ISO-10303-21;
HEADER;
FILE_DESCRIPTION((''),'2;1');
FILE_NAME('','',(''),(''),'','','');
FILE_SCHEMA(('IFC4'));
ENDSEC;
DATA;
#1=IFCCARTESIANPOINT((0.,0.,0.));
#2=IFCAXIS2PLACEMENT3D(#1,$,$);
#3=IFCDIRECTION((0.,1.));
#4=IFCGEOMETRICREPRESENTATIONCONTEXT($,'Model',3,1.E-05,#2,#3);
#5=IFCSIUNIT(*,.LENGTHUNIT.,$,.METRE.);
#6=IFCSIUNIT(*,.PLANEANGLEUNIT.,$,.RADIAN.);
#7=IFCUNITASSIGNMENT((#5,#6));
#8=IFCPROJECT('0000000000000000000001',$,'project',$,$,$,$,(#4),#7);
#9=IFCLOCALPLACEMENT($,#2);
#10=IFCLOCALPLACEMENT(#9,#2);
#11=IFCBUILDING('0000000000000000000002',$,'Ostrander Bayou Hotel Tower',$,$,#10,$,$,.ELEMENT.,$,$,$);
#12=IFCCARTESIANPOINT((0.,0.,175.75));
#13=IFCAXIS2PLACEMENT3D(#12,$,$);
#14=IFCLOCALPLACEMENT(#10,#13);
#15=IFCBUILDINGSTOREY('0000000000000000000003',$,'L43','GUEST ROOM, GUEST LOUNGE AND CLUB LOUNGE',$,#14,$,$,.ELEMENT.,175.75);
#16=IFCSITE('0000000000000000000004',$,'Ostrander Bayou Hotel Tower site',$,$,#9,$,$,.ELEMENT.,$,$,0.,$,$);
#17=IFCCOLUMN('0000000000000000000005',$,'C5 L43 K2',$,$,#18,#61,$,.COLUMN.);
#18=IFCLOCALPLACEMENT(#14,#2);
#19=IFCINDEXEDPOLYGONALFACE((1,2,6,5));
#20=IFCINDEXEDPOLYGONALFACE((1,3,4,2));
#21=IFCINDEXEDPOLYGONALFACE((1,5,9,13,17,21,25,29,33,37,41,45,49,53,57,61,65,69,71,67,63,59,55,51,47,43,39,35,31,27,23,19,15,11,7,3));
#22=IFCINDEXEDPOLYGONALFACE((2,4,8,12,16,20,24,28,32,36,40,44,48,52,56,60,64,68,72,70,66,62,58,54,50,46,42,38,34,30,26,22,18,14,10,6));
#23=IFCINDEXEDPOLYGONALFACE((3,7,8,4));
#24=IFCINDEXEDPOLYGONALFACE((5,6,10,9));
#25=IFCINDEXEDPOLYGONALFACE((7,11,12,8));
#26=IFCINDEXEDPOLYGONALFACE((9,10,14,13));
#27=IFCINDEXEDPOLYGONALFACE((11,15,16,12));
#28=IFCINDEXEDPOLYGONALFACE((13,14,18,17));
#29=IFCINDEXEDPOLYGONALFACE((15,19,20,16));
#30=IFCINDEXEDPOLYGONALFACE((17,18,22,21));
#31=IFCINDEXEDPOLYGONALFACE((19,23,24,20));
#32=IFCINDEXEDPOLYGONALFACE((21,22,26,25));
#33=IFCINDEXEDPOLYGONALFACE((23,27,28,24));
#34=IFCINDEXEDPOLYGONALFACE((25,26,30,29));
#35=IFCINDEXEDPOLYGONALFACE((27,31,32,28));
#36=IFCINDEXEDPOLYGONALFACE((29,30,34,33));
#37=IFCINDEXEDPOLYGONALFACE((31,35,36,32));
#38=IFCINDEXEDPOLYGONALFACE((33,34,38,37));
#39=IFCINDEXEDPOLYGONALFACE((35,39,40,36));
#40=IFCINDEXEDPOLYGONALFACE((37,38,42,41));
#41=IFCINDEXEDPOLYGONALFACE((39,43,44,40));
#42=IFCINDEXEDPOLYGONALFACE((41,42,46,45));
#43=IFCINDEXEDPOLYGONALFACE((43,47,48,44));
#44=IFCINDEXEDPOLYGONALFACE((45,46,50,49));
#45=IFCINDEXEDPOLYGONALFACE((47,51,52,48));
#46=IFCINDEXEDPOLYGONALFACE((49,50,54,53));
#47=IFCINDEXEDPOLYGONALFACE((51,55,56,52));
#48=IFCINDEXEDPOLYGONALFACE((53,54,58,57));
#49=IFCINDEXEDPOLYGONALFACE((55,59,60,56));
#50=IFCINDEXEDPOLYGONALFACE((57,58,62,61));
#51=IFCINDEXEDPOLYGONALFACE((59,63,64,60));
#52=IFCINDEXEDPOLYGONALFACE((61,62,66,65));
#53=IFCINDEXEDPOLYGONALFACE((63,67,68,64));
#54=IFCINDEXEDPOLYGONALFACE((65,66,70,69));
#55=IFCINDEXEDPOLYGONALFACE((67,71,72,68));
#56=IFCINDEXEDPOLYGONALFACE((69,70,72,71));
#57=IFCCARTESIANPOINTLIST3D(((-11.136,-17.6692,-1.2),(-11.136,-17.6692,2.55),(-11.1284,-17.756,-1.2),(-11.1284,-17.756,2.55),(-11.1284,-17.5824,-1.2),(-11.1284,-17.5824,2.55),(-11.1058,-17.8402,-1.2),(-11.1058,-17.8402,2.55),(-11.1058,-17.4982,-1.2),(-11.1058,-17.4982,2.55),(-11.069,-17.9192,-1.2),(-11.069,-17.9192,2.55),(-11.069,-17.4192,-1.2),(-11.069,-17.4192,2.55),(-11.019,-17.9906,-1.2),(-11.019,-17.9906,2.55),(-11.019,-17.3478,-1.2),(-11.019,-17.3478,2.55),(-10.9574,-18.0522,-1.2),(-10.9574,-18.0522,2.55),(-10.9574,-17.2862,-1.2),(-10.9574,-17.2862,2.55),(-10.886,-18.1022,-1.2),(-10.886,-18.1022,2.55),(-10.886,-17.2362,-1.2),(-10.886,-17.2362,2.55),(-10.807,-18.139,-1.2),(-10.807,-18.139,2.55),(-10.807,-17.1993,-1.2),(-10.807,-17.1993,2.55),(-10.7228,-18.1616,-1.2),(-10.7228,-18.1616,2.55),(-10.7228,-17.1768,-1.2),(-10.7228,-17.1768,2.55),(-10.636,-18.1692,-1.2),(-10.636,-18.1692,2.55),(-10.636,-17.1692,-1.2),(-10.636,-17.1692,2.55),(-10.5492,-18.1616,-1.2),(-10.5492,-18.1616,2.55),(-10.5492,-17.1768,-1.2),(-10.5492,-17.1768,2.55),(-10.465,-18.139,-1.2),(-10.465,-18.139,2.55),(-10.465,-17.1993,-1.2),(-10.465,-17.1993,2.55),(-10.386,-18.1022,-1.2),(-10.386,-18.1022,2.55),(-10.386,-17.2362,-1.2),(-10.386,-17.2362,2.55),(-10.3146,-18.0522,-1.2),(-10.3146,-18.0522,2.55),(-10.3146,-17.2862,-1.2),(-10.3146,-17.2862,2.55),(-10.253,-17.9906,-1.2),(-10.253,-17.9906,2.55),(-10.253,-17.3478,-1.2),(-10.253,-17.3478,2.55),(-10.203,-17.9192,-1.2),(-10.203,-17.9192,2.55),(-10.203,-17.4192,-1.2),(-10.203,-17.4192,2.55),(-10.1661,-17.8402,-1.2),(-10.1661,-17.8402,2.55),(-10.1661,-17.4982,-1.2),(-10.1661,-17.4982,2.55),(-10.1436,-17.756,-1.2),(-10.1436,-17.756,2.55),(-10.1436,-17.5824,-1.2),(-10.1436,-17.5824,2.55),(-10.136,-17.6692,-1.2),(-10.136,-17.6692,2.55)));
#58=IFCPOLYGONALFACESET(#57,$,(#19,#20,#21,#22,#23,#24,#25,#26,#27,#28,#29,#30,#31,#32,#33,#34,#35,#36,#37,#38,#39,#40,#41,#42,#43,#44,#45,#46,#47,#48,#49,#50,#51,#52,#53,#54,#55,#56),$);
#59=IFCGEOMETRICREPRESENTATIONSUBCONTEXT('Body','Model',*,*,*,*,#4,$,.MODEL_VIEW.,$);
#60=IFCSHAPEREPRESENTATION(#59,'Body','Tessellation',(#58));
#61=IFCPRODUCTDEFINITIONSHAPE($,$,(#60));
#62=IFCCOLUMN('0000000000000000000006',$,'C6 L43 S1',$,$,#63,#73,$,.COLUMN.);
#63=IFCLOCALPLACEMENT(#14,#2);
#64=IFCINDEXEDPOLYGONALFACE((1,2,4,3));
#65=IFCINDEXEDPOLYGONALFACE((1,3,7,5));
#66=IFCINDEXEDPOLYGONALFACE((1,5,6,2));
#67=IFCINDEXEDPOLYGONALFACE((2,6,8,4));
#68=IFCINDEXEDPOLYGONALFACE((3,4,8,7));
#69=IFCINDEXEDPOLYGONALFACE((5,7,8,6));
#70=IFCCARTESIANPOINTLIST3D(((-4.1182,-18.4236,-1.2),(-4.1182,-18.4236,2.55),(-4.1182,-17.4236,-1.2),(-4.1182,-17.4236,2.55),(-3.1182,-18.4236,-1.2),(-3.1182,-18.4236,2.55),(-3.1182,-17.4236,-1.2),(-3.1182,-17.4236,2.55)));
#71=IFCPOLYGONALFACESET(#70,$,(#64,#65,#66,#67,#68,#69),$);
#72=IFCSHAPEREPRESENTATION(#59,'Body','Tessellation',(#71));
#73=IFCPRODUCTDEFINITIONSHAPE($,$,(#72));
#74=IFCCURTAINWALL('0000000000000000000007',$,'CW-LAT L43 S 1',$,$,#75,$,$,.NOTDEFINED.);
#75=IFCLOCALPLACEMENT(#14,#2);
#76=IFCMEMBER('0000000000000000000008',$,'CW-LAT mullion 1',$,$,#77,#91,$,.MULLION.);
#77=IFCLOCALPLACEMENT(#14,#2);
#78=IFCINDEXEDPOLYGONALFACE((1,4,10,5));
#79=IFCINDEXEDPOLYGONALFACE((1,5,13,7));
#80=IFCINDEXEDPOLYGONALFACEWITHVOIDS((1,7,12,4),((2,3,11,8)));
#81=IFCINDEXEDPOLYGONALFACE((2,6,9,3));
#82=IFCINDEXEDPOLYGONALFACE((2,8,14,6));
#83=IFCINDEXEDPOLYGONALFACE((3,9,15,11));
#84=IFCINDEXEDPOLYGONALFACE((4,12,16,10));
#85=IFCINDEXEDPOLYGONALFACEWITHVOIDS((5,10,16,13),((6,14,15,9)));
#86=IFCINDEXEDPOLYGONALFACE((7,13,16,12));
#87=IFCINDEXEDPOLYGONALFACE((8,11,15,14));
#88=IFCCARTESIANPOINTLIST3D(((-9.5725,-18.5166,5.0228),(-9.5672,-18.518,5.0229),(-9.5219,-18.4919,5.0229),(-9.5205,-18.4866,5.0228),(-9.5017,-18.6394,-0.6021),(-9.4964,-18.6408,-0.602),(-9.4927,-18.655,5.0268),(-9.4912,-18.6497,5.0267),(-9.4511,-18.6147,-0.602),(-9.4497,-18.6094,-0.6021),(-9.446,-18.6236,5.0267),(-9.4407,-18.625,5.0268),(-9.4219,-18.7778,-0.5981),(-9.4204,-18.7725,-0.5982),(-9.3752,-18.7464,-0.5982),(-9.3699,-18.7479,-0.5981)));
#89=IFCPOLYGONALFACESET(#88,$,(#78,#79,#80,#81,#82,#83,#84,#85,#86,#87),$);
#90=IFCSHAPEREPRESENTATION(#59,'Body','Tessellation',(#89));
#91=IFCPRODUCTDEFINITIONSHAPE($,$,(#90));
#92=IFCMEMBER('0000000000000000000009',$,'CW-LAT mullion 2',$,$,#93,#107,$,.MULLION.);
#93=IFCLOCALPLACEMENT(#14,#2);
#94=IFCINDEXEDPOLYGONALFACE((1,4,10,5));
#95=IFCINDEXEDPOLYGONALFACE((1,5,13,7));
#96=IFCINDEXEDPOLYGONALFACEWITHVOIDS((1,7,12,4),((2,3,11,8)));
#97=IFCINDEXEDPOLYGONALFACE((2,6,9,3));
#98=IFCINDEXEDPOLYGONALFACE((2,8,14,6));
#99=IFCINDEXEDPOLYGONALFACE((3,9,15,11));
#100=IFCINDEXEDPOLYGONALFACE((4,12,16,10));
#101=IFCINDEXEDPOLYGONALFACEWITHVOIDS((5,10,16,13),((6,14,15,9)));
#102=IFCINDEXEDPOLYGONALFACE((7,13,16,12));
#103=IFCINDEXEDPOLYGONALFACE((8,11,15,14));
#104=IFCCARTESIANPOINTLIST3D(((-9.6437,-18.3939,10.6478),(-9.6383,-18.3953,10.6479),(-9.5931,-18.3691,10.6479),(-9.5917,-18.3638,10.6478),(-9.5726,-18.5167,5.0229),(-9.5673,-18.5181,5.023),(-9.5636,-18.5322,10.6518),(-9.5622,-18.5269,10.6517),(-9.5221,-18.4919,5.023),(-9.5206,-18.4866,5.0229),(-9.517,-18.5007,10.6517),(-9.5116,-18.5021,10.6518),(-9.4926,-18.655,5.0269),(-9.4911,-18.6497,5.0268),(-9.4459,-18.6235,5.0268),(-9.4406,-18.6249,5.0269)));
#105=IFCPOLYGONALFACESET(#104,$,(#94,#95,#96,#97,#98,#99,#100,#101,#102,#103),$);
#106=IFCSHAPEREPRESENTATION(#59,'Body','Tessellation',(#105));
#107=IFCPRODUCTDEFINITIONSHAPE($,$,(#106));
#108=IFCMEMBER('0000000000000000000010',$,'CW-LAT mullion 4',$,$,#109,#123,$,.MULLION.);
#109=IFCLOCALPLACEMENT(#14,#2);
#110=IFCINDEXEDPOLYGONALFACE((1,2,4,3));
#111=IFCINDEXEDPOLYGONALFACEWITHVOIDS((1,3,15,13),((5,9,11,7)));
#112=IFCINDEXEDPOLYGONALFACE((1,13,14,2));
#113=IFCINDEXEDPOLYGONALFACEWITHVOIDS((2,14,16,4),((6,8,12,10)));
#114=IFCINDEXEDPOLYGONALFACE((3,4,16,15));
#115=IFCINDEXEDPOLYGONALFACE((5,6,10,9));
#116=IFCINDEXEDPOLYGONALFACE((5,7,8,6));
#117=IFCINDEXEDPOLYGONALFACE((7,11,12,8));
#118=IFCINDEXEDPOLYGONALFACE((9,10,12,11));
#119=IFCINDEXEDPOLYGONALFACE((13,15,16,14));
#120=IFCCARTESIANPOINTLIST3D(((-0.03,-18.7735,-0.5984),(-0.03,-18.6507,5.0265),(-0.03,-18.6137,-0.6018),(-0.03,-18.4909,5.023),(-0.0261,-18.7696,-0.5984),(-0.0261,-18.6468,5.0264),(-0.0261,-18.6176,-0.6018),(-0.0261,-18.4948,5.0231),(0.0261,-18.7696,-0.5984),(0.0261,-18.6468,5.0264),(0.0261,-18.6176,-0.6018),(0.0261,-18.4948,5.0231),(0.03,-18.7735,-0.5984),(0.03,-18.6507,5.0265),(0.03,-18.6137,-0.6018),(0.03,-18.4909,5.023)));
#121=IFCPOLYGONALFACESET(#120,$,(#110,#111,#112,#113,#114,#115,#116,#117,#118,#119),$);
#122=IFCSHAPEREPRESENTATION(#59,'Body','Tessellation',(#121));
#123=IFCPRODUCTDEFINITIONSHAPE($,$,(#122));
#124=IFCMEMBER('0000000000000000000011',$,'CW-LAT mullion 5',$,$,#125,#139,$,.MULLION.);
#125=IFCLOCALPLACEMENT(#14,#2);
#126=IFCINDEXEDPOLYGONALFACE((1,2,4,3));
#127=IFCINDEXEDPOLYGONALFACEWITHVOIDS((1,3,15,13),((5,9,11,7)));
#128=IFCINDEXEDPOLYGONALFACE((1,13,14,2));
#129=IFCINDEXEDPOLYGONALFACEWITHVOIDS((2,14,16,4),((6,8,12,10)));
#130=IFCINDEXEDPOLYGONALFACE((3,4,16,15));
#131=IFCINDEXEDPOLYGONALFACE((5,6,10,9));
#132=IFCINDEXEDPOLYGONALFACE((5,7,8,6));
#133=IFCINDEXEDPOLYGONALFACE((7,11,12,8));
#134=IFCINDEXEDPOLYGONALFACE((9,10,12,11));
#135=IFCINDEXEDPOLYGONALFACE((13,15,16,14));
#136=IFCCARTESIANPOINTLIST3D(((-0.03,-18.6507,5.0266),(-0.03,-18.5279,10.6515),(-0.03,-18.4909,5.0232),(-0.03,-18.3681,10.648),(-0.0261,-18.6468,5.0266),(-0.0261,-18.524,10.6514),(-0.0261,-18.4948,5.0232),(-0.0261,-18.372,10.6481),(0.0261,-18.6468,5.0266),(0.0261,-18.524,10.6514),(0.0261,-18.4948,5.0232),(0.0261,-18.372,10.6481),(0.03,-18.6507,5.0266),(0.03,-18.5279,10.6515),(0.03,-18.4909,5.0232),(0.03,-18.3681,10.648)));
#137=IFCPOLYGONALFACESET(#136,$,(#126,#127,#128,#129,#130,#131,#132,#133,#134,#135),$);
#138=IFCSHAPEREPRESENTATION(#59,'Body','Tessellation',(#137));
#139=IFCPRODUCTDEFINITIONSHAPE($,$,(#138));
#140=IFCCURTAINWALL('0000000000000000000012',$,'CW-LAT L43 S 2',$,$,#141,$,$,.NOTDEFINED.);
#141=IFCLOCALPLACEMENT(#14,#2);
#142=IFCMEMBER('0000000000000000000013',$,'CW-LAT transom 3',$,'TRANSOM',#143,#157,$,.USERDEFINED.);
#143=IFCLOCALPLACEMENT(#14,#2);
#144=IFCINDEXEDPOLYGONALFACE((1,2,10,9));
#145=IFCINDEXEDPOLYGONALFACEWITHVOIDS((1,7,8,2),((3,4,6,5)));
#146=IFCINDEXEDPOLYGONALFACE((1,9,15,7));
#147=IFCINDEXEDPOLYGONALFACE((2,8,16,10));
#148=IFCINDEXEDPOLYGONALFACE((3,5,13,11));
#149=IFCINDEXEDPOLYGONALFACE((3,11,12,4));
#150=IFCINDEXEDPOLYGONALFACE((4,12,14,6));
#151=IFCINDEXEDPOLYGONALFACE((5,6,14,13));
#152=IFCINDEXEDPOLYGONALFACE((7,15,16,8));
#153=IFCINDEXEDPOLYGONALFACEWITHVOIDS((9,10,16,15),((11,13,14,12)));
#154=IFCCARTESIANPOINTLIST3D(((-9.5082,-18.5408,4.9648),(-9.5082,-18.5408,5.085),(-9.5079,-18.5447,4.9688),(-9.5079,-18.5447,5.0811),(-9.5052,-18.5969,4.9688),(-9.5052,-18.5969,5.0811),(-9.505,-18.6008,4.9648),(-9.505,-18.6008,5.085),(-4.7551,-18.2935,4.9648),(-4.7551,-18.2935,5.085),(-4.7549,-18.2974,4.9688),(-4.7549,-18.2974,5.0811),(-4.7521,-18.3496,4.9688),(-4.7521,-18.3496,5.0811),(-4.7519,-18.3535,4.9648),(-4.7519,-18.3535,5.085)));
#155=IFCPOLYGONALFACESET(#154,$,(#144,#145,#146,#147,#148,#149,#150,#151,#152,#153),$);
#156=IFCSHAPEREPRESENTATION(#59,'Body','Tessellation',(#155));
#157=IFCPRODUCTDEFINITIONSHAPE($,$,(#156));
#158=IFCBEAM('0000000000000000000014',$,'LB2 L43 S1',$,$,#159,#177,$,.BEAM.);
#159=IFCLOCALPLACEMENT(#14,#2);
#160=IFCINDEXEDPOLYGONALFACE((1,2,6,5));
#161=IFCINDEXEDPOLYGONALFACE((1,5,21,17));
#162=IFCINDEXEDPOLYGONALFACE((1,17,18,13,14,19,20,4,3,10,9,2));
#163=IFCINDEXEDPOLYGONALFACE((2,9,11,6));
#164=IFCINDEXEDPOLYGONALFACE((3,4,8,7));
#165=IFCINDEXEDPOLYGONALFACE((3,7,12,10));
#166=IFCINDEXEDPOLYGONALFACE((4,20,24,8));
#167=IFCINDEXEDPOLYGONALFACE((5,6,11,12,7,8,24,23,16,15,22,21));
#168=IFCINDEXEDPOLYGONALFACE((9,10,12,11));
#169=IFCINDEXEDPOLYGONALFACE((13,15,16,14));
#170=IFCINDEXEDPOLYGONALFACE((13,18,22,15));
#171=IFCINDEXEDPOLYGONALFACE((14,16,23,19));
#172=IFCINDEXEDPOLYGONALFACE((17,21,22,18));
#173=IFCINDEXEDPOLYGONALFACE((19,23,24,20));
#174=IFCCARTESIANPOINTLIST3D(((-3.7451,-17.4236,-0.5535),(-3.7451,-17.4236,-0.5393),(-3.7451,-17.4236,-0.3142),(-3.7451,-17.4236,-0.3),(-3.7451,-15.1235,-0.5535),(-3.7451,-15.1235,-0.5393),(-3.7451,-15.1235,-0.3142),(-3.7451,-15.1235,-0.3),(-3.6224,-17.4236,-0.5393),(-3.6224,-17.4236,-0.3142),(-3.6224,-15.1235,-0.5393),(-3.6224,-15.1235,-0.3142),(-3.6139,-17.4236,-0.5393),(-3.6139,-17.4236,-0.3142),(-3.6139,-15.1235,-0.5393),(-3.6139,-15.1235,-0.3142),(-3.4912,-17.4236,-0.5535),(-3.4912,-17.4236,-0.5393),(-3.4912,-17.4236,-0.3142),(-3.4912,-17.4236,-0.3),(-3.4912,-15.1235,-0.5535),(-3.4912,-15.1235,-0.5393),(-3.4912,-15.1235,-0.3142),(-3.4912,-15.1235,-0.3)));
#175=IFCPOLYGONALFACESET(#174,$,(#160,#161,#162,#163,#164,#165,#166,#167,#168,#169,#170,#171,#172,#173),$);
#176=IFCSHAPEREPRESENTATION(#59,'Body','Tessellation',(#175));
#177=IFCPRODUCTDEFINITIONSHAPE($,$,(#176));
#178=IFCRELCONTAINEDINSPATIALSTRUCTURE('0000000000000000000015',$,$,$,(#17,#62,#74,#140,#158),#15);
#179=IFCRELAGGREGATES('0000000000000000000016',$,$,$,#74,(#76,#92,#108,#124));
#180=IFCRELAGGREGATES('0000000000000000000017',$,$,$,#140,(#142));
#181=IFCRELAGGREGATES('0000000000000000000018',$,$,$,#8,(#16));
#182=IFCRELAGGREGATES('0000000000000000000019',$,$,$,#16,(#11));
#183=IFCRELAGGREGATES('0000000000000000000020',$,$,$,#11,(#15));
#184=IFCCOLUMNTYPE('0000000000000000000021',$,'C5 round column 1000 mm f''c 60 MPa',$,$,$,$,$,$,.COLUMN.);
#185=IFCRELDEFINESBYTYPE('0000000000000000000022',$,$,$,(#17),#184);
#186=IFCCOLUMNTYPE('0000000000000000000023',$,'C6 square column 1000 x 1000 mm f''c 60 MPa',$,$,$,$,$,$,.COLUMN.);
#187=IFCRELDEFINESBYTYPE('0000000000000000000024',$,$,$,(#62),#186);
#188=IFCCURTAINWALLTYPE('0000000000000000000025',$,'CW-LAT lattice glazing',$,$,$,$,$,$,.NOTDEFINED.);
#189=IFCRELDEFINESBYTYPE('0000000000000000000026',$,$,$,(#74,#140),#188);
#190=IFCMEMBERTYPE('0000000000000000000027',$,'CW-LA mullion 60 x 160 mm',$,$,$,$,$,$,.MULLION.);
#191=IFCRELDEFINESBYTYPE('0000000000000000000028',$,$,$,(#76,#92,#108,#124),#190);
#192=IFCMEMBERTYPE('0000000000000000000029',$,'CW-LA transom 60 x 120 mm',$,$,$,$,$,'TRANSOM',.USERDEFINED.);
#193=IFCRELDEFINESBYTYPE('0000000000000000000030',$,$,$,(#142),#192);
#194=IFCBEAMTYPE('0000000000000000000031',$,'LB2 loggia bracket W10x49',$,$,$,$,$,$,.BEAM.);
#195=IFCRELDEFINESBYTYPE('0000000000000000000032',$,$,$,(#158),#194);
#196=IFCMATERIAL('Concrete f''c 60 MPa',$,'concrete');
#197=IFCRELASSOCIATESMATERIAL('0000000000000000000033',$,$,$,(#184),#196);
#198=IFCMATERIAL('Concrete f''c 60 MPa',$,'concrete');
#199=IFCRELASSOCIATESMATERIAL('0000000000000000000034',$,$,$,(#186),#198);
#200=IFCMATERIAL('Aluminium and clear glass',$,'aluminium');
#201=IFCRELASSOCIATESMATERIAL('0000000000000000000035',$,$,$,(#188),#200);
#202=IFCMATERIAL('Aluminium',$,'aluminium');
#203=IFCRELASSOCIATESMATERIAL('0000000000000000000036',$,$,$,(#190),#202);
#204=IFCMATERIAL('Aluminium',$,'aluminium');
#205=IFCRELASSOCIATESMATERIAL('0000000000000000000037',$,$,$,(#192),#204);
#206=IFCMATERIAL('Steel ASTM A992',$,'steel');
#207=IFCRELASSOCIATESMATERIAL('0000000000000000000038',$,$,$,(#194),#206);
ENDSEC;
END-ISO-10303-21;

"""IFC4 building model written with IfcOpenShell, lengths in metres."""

from ifc_helpers import new_model, si_unit, direction, frame, origin, origin_2d, place, context, subcontext, project, spatial, rectangle, hollow_rectangle, circle, i_section, extrude, material, material_profile, profile_set, type_object, element, aggregate, save


model = new_model("IFC4")

# Units and contexts
model_context = context("Model", 3, precision=1e-05, world=origin(), true_north=direction((0.0, 1.0)))
body_context = subcontext(model_context, "Body", "Model", "MODEL_VIEW")
ifc_project = project(units=[si_unit("LENGTHUNIT", "METRE"), si_unit("PLANEANGLEUNIT", "RADIAN")], contexts=[model_context])

# Site, building, storey
site_placement = place(None, origin())
site = spatial("IfcSite", under=ifc_project, at=site_placement, Name="Ostrander Bayou Hotel Tower site", CompositionType="ELEMENT", RefElevation=0.0)
building_placement = place(site_placement, origin())
building = spatial("IfcBuilding", under=site, at=building_placement, Name="Ostrander Bayou Hotel Tower", CompositionType="ELEMENT")
storey_placement = place(building_placement, frame((0.0, 0.0, 175.75)))
storey = spatial("IfcBuildingStorey", under=building, at=storey_placement, Name="L43", Description="GUEST ROOM, GUEST LOUNGE AND CLUB LOUNGE", CompositionType="ELEMENT", Elevation=175.75)

# Columns
ifc_material_1 = material(Name="Concrete f'c 60 MPa", Category="concrete")
ifc_material_profile_1 = material_profile(ifc_material_1, circle(Radius=0.5, at=origin_2d()))
ifc_profile_set_1 = profile_set([ifc_material_profile_1], Name="Concrete f'c 60 MPa")
column_type_1 = type_object("IfcColumnType", Name="C5 round column 1000 mm f'c 60 MPa", PredefinedType="COLUMN", material=ifc_profile_set_1)
column_1_placement = place(storey_placement, frame((-10.636, -17.6692, -1.2), z_axis=(0.0, 0.0, 1.0), x_axis=(1.0, 0.0, 0.0)))
element("IfcColumn", 1, at=column_1_placement, inside=storey, type_object=column_type_1, Name="C5 L43 K2", PredefinedType="COLUMN", context=body_context, shape_type="SweptSolid", body=[
    extrude(circle(Radius=0.5, at=origin_2d()), origin(), (0.0, 0.0, 1.0), 3.75),
])
ifc_material_2 = material(Name="Concrete f'c 60 MPa", Category="concrete")
ifc_material_profile_2 = material_profile(ifc_material_2, rectangle(XDim=1.0, YDim=1.0, at=origin_2d()))
ifc_profile_set_2 = profile_set([ifc_material_profile_2], Name="Concrete f'c 60 MPa")
column_type_2 = type_object("IfcColumnType", Name="C6 square column 1000 x 1000 mm f'c 60 MPa", PredefinedType="COLUMN", material=ifc_profile_set_2)
column_2_placement = place(storey_placement, frame((-3.6182, -17.9236, -1.2), z_axis=(0.0, 0.0, 1.0), x_axis=(-1.0, 0.0, 0.0)))
element("IfcColumn", 2, at=column_2_placement, inside=storey, type_object=column_type_2, Name="C6 L43 S1", PredefinedType="COLUMN", context=body_context, shape_type="SweptSolid", body=[
    extrude(rectangle(XDim=1.0, YDim=1.0, at=origin_2d()), origin(), (0.0, 0.0, 1.0), 3.75),
])

# Curtain wall, members
ifc_material_3 = material(Name="Aluminium and clear glass", Category="aluminium")
curtain_wall_type = type_object("IfcCurtainWallType", Name="CW-LAT lattice glazing", PredefinedType="NOTDEFINED", material=ifc_material_3)
curtain_wall_1_placement = place(storey_placement, origin())
curtain_wall_1 = element("IfcCurtainWall", 3, at=curtain_wall_1_placement, inside=storey, type_object=curtain_wall_type, Name="CW-LAT L43 S 1", PredefinedType="NOTDEFINED")
ifc_material_4 = material(Name="Aluminium", Category="aluminium")
ifc_material_profile_3 = material_profile(ifc_material_4, hollow_rectangle(XDim=0.0601, YDim=0.1599, WallThickness=0.0039, at=origin_2d()))
ifc_profile_set_3 = profile_set([ifc_material_profile_3], Name="Aluminium")
member_type_1 = type_object("IfcMemberType", Name="CW-LA mullion 60 x 160 mm", PredefinedType="MULLION", material=ifc_profile_set_3)
member_1_placement = place(storey_placement, frame((-9.4358, -18.6936, -0.6001), z_axis=(-0.012583, 0.021825, 0.999683), x_axis=(-0.866329, -0.499474, 0.0)))
member_1 = element("IfcMember", 4, at=member_1_placement, type_object=member_type_1, Name="CW-LAT mullion 1", PredefinedType="MULLION", context=body_context, shape_type="SweptSolid", body=[
    extrude(hollow_rectangle(XDim=0.0601, YDim=0.1599, WallThickness=0.0039, at=origin_2d()), origin(), (0.0, 0.0, 1.0), 5.6267),
])
member_2_placement = place(storey_placement, frame((-9.5066, -18.5708, 5.0249), z_axis=(-0.012626, 0.021825, 0.999682), x_axis=(-0.865583, -0.500765, 0.0)))
member_2 = element("IfcMember", 5, at=member_2_placement, type_object=member_type_1, Name="CW-LAT mullion 2", PredefinedType="MULLION", context=body_context, shape_type="SweptSolid", body=[
    extrude(hollow_rectangle(XDim=0.0601, YDim=0.1599, WallThickness=0.0039, at=origin_2d()), origin(), (0.0, 0.0, 1.0), 5.6267),
])
member_3_placement = place(storey_placement, frame((0.0, -18.6936, -0.6001), z_axis=(0.0, 0.021826, 0.999762), x_axis=(-1.0, 0.0, 0.0)))
member_3 = element("IfcMember", 6, at=member_3_placement, type_object=member_type_1, Name="CW-LAT mullion 4", PredefinedType="MULLION", context=body_context, shape_type="SweptSolid", body=[
    extrude(hollow_rectangle(XDim=0.0601, YDim=0.1599, WallThickness=0.0039, at=origin_2d()), origin(), (0.0, 0.0, 1.0), 5.6262),
])
member_4_placement = place(storey_placement, frame((0.0, -18.5708, 5.0249), z_axis=(0.0, 0.021826, 0.999762), x_axis=(-1.0, 0.0, 0.0)))
member_4 = element("IfcMember", 7, at=member_4_placement, type_object=member_type_1, Name="CW-LAT mullion 5", PredefinedType="MULLION", context=body_context, shape_type="SweptSolid", body=[
    extrude(hollow_rectangle(XDim=0.0601, YDim=0.1599, WallThickness=0.0039, at=origin_2d()), origin(), (0.0, 0.0, 1.0), 5.6262),
])

# Curtain wall, member
curtain_wall_2_placement = place(storey_placement, origin())
curtain_wall_2 = element("IfcCurtainWall", 8, at=curtain_wall_2_placement, inside=storey, type_object=curtain_wall_type, Name="CW-LAT L43 S 2", PredefinedType="NOTDEFINED")
ifc_material_5 = material(Name="Aluminium", Category="aluminium")
ifc_material_profile_4 = material_profile(ifc_material_5, hollow_rectangle(XDim=0.0601, YDim=0.1201, WallThickness=0.0039, at=origin_2d()))
ifc_profile_set_4 = profile_set([ifc_material_profile_4], Name="Aluminium")
member_type_2 = type_object("IfcMemberType", Name="CW-LA transom 60 x 120 mm", ElementType="TRANSOM", PredefinedType="USERDEFINED", material=ifc_profile_set_4)
member_5_placement = place(storey_placement, frame((-9.5066, -18.5708, 5.0249), z_axis=(0.998649, 0.051961, 0.0), x_axis=(-0.051961, 0.998649, 0.0)))
member_5 = element("IfcMember", 9, at=member_5_placement, type_object=member_type_2, Name="CW-LAT transom 3", ObjectType="TRANSOM", PredefinedType="USERDEFINED", context=body_context, shape_type="SweptSolid", body=[
    extrude(hollow_rectangle(XDim=0.0601, YDim=0.1201, WallThickness=0.0039, at=origin_2d()), origin(), (0.0, 0.0, 1.0), 4.7595),
])

# Beam
ifc_material_6 = material(Name="Steel ASTM A992", Category="steel")
ifc_material_profile_5 = material_profile(ifc_material_6, i_section(OverallWidth=0.2539, OverallDepth=0.2534, WebThickness=0.0085, FlangeThickness=0.0142, at=origin_2d()))
ifc_profile_set_5 = profile_set([ifc_material_profile_5], Name="Steel ASTM A992")
beam_type_1 = type_object("IfcBeamType", Name="LB2 loggia bracket W10x49", PredefinedType="BEAM", material=ifc_profile_set_5)
beam_1_placement = place(storey_placement, frame((-3.6182, -17.4236, -0.4268), z_axis=(0.0, 1.0, 0.0), x_axis=(-1.0, 0.0, 0.0)))
element("IfcBeam", 10, at=beam_1_placement, inside=storey, type_object=beam_type_1, Name="LB2 L43 S1", PredefinedType="BEAM", context=body_context, shape_type="SweptSolid", body=[
    extrude(i_section(OverallWidth=0.2539, OverallDepth=0.2534, WebThickness=0.0085, FlangeThickness=0.0142, at=origin_2d()), origin(), (0.0, 0.0, 1.0), 2.3),
])

aggregate(curtain_wall_1, [member_1, member_2, member_3, member_4])
aggregate(curtain_wall_2, [member_5])

save(model, "model.ifc")
